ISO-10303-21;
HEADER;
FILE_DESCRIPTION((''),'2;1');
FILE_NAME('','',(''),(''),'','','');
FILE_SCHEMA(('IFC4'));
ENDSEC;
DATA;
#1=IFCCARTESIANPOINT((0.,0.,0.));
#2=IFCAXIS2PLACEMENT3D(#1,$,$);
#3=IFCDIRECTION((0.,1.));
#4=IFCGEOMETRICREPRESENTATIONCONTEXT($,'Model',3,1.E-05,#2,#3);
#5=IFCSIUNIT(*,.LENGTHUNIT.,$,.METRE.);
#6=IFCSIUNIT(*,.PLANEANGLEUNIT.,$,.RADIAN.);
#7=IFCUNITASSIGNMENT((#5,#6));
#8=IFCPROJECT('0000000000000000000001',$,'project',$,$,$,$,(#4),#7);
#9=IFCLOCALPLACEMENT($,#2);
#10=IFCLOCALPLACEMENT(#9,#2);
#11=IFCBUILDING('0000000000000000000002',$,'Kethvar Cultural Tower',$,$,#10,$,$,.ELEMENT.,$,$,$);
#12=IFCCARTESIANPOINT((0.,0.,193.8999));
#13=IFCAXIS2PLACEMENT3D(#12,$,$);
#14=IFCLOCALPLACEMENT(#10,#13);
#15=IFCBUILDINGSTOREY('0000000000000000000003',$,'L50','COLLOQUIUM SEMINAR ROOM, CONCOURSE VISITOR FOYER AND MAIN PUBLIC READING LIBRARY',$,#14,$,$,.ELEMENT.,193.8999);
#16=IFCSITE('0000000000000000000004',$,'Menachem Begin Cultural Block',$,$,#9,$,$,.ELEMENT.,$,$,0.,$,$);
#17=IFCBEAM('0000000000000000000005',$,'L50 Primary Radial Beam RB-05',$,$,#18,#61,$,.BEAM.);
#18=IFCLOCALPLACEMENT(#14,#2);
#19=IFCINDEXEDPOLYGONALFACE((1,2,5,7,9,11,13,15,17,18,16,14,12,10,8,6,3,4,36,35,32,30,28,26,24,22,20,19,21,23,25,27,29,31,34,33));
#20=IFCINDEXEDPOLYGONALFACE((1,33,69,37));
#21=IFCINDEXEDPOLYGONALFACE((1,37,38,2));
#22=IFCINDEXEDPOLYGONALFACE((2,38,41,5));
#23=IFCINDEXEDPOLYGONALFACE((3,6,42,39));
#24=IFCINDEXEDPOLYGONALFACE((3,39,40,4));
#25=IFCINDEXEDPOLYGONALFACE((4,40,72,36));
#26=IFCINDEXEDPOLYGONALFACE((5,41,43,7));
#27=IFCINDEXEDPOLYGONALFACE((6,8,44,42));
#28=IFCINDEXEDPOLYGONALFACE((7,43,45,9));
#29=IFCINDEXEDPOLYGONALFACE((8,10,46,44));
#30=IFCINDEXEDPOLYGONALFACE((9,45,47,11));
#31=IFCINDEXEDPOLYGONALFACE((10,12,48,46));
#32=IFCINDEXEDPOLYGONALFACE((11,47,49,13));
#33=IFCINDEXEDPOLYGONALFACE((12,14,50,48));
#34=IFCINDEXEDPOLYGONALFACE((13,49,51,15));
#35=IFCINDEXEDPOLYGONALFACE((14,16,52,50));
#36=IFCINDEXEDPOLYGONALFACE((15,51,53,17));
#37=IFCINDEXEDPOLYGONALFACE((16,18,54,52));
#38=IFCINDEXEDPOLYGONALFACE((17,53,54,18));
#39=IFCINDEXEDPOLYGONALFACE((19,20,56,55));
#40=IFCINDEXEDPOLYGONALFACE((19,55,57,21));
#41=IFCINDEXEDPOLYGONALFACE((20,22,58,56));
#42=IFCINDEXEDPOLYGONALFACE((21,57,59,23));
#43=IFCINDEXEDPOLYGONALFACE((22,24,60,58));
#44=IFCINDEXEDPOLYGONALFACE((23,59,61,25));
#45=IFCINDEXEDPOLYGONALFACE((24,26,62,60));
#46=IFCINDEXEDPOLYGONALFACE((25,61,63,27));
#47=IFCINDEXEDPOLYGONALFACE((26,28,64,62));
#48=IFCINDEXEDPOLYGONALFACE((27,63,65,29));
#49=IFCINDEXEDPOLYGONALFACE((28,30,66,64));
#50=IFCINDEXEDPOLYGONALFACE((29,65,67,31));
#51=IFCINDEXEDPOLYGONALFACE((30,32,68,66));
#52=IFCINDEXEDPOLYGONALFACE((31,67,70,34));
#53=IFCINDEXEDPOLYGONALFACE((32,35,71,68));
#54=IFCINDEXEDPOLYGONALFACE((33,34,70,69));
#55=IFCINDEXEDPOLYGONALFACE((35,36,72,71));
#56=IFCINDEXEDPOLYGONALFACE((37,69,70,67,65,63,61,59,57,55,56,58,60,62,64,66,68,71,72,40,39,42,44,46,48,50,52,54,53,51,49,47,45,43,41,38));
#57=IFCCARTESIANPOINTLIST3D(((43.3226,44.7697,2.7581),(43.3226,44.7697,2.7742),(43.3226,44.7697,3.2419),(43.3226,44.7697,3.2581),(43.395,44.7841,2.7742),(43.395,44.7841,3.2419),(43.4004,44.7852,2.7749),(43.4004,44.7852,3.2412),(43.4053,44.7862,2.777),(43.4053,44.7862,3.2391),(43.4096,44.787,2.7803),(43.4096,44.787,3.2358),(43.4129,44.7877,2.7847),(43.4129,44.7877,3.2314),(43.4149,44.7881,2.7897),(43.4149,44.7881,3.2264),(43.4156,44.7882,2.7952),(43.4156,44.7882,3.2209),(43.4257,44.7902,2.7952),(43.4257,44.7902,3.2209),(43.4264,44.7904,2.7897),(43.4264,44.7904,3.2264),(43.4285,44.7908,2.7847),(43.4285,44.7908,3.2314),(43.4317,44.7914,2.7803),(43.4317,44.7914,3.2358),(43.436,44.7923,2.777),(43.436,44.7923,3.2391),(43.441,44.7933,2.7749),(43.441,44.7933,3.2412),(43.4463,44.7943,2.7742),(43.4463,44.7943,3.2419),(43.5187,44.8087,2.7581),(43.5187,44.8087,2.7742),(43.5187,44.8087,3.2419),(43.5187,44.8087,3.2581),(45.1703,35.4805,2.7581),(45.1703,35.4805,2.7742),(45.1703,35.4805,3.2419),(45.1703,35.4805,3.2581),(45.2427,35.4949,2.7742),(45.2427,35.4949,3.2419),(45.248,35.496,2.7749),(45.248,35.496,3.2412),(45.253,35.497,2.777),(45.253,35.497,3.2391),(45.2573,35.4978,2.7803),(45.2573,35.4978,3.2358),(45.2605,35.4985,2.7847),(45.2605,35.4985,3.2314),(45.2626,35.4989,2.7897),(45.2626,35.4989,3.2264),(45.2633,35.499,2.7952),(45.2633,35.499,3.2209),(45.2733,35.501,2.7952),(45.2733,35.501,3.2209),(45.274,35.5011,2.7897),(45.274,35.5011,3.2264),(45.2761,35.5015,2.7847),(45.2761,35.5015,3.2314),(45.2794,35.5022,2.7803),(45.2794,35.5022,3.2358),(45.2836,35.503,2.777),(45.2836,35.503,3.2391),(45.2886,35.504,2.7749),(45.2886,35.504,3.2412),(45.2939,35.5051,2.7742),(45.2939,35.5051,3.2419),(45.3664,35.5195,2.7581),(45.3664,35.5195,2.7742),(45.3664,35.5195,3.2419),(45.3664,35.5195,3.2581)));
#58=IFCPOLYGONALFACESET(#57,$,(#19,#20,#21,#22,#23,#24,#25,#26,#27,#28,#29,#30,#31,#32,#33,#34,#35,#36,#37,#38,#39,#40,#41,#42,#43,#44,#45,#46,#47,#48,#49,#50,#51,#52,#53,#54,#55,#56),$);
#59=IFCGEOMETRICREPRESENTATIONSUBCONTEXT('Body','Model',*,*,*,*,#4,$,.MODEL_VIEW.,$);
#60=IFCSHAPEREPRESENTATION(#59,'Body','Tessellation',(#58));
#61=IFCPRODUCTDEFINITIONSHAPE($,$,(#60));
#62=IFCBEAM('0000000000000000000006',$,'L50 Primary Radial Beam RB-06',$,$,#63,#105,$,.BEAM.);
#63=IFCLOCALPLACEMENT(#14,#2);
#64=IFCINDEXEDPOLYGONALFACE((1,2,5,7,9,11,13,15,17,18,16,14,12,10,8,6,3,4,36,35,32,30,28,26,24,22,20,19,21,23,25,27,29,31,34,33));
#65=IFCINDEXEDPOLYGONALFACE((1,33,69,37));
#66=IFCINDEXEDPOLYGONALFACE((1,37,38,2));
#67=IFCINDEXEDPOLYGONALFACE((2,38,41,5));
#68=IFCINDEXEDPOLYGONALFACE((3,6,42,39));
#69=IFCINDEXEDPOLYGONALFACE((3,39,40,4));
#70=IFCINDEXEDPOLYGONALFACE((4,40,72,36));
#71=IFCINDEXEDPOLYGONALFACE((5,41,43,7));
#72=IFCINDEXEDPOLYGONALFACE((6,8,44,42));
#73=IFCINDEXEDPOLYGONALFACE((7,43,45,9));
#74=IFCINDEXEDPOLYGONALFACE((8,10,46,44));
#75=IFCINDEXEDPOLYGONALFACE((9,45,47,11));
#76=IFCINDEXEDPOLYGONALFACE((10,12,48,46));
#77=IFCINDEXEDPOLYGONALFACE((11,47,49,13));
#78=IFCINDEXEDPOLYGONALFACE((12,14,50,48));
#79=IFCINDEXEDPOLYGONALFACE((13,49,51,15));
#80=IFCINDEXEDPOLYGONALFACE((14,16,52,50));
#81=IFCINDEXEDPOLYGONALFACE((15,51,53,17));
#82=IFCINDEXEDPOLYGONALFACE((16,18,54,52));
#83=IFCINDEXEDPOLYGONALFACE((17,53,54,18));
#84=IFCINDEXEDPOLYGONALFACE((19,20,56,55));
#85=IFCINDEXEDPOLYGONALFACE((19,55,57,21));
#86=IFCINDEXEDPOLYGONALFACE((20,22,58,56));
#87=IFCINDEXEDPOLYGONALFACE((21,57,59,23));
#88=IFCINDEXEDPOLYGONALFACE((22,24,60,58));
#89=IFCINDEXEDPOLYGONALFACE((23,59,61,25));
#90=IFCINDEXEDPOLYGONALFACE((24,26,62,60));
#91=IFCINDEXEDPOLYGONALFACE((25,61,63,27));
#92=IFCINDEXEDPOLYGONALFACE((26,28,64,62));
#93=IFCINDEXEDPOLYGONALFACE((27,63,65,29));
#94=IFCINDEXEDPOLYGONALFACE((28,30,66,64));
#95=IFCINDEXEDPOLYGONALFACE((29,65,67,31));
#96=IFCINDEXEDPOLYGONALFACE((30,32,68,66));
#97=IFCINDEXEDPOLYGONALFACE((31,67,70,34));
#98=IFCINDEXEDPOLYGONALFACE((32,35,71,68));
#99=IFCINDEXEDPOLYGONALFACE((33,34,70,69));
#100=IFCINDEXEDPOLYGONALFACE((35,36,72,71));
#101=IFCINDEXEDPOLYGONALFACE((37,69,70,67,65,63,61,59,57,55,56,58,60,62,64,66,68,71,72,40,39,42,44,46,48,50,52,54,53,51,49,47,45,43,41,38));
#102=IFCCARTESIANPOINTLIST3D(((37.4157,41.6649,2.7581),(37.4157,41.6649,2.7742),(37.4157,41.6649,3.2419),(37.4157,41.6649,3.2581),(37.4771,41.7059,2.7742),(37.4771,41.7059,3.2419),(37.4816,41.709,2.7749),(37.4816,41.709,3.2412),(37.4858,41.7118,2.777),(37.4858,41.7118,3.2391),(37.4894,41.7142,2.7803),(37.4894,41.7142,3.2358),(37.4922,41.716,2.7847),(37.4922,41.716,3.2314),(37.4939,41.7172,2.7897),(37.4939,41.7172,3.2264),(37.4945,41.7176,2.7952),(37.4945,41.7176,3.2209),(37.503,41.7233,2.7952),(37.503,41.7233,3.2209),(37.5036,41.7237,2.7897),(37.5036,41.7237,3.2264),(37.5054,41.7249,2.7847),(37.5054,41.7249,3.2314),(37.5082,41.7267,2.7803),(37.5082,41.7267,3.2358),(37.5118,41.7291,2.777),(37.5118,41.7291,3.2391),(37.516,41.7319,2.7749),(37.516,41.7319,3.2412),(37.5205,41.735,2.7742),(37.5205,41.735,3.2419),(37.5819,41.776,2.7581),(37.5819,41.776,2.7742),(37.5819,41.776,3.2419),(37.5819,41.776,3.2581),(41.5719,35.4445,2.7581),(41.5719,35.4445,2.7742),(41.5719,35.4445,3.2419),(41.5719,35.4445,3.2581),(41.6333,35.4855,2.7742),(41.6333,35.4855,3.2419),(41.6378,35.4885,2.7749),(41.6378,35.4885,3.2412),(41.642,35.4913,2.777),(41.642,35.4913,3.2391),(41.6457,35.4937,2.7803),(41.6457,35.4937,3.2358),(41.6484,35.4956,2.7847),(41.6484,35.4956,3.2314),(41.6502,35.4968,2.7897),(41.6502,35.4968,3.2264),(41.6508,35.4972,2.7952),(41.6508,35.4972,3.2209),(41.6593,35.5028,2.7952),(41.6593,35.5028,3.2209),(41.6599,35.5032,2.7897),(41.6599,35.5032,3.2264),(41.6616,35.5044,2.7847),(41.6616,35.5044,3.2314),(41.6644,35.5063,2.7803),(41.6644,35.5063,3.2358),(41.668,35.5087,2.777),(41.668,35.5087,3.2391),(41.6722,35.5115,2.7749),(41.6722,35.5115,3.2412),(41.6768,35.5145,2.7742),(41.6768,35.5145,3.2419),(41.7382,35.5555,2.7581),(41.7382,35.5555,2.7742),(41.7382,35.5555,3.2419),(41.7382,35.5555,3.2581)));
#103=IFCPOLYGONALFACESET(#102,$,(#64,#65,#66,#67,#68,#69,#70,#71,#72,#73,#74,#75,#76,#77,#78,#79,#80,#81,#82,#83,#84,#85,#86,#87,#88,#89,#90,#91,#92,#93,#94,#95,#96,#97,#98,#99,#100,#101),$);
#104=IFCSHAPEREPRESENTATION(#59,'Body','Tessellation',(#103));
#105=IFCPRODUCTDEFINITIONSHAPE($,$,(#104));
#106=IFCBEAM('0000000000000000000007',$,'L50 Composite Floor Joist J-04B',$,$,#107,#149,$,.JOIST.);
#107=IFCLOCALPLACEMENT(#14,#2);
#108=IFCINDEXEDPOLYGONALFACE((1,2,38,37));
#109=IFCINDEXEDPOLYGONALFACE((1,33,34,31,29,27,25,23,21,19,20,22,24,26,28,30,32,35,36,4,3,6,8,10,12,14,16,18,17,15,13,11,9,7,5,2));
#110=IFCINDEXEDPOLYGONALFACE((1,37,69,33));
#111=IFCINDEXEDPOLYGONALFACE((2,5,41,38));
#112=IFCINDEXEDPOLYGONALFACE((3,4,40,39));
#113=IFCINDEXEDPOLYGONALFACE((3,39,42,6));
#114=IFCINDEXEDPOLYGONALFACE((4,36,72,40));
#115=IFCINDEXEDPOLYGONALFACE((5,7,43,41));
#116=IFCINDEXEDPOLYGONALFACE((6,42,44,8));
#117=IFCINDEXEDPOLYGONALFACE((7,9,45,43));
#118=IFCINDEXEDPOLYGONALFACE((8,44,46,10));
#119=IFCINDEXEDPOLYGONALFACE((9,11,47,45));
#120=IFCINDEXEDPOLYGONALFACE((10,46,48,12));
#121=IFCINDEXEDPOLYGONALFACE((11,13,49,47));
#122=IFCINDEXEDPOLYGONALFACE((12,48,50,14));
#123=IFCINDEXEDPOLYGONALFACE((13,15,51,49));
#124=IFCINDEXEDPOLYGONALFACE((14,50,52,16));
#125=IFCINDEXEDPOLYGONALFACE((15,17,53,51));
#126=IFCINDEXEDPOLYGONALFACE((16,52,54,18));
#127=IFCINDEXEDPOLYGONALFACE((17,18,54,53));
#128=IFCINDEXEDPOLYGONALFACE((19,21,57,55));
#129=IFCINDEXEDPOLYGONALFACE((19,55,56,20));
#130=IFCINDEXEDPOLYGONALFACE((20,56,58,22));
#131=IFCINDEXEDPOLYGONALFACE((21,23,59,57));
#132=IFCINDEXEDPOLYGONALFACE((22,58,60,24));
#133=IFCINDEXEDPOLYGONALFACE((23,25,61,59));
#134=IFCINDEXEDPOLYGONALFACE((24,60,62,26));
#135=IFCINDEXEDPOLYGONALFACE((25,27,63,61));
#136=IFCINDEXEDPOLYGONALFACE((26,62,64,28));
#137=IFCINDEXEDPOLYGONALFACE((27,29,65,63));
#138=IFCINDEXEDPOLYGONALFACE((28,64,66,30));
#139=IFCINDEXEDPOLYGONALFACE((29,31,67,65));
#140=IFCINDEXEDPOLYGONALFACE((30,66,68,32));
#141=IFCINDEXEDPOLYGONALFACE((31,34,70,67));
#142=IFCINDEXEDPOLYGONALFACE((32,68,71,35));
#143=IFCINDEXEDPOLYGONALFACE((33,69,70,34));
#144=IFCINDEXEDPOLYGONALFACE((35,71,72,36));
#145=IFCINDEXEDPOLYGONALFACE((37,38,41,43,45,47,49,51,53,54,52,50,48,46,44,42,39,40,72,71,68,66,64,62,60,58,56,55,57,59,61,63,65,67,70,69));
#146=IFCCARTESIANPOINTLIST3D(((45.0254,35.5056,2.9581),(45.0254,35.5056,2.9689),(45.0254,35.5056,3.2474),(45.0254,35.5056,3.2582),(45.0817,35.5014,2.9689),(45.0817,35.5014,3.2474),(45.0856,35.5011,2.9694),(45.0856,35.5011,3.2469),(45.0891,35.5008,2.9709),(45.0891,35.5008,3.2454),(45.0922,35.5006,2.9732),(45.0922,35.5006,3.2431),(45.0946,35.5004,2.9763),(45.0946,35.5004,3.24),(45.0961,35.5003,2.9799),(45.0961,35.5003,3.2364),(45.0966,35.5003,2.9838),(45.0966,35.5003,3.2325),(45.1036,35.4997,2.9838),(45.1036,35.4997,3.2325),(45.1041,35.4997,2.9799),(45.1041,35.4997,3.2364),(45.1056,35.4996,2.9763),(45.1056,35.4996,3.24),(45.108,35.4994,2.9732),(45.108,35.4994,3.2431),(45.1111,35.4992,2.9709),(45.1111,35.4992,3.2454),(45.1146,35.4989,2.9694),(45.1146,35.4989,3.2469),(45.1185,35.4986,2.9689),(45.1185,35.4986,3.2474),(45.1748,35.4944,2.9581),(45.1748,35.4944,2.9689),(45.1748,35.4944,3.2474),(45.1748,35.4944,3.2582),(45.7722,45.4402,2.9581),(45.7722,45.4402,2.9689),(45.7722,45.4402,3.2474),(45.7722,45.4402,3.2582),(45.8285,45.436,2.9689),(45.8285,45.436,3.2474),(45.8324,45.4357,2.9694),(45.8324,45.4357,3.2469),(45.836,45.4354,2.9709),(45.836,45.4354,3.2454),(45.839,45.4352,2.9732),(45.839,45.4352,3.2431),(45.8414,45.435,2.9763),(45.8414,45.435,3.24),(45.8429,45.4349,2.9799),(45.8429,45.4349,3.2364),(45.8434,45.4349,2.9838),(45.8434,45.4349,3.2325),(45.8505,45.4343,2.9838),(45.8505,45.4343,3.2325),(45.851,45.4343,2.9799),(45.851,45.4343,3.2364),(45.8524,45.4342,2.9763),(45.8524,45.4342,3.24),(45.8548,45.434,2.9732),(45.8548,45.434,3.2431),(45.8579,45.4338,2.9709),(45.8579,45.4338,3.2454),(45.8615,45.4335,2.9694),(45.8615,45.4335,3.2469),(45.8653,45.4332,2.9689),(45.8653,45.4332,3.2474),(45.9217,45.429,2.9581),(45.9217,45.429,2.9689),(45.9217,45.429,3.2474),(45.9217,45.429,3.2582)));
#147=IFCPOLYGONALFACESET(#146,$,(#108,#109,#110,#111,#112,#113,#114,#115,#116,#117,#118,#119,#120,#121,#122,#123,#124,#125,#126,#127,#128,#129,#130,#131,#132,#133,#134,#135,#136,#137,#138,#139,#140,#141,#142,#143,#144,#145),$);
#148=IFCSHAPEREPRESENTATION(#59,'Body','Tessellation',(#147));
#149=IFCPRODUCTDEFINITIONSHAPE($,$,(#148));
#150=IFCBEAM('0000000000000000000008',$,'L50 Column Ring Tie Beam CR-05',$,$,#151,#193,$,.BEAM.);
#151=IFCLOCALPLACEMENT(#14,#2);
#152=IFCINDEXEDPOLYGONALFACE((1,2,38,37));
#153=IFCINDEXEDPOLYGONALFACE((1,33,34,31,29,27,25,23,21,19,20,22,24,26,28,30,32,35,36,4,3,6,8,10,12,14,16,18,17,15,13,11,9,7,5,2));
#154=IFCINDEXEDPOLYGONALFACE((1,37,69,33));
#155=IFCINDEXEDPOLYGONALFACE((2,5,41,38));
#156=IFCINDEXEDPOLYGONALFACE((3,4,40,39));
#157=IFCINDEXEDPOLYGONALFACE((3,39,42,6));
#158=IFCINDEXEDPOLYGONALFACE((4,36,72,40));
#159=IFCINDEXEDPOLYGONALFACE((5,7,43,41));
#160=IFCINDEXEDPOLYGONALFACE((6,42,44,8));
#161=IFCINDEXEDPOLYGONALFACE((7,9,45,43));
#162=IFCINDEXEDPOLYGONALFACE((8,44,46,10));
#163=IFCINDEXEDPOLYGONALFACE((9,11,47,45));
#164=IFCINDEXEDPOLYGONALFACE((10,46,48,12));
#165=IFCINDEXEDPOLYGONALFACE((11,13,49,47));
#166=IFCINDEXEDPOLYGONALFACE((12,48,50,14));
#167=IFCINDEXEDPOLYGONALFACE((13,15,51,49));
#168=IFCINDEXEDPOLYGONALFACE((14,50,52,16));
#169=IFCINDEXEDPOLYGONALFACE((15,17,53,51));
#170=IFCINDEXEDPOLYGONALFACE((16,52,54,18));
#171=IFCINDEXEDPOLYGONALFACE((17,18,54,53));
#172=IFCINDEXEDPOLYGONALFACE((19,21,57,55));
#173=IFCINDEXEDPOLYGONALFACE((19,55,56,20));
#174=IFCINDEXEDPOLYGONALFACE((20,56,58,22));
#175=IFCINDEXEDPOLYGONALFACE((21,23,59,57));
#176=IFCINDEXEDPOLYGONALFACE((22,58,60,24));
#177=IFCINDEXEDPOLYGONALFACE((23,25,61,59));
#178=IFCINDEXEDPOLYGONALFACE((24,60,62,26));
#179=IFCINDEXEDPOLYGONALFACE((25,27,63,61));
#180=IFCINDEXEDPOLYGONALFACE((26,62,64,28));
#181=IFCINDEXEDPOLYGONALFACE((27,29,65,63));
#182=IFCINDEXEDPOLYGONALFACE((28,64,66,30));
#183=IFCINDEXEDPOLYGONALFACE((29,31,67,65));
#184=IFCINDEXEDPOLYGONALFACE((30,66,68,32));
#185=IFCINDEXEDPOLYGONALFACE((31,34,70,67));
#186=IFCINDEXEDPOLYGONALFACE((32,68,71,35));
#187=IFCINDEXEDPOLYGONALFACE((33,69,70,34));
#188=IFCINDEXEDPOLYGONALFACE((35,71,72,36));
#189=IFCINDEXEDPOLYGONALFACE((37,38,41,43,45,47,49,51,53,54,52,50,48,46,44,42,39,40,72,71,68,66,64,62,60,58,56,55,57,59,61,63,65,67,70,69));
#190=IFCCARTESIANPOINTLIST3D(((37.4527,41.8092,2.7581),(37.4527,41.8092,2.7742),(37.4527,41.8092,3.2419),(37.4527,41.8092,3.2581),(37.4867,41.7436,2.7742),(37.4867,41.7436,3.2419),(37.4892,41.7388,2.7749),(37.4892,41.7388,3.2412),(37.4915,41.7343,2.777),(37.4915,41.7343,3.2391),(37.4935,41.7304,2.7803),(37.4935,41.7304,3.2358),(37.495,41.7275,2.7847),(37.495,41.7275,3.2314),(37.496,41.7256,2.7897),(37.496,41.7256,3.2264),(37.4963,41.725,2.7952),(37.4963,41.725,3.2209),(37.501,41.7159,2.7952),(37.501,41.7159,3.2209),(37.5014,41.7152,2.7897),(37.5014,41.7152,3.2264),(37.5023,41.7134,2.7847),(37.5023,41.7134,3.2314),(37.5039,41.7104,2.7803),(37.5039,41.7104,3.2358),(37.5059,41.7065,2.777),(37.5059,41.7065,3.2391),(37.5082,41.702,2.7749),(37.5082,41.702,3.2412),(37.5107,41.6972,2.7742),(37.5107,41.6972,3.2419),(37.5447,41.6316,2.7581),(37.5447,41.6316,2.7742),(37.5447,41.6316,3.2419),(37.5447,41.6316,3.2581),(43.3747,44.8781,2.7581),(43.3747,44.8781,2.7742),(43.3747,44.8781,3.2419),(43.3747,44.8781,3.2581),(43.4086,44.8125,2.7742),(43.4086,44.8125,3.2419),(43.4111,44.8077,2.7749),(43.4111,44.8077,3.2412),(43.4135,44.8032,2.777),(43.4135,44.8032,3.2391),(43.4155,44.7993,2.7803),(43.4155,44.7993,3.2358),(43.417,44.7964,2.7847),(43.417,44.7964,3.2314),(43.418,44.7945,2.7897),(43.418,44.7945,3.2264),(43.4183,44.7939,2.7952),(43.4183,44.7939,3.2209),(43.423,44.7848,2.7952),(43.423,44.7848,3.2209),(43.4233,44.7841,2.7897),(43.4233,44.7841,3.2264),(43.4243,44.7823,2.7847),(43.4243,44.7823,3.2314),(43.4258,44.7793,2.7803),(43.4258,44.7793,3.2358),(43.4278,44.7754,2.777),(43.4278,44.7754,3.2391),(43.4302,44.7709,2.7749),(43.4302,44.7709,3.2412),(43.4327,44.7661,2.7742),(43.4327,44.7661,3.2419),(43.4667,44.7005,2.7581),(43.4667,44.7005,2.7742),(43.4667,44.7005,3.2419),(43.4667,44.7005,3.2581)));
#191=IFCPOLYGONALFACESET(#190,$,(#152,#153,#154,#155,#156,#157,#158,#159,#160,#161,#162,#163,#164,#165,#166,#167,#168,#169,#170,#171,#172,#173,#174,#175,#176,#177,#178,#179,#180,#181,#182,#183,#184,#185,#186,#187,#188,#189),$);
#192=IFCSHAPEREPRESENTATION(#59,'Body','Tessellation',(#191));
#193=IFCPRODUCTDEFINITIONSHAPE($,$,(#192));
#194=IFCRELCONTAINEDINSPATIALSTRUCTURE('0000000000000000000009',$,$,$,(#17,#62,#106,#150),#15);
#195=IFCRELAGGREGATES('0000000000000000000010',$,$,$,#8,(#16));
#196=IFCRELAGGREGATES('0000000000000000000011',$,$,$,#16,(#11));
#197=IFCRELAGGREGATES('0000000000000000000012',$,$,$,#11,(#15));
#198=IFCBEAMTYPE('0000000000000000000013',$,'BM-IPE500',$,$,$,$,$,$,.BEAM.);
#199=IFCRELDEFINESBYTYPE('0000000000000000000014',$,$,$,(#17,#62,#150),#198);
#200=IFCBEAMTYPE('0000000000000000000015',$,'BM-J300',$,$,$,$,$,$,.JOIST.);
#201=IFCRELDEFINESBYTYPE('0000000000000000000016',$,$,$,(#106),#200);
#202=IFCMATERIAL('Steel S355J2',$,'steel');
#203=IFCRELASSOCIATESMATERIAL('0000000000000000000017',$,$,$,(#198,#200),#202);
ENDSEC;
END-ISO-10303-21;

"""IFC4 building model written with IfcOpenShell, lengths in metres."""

from ifc_helpers import new_model, si_unit, direction, frame, origin, origin_2d, place, context, subcontext, project, spatial, i_section, extrude, source, transform, mapped, material, material_profile, profile_set, type_object, element, save


model = new_model("IFC4")

# Units and contexts
model_context = context("Model", 3, precision=1e-05, world=origin(), true_north=direction((0.0, 1.0)))
body_context = subcontext(model_context, "Body", "Model", "MODEL_VIEW")
ifc_project = project(units=[si_unit("LENGTHUNIT", "METRE"), si_unit("PLANEANGLEUNIT", "RADIAN")], contexts=[model_context])

# Site, building, storey
site_placement = place(None, origin())
site = spatial("IfcSite", under=ifc_project, at=site_placement, Name="Menachem Begin Cultural Block", CompositionType="ELEMENT", RefElevation=0.0)
building_placement = place(site_placement, origin())
building = spatial("IfcBuilding", under=site, at=building_placement, Name="Kethvar Cultural Tower", CompositionType="ELEMENT")
storey_placement = place(building_placement, frame((0.0, 0.0, 193.8999)))
storey = spatial("IfcBuildingStorey", under=building, at=storey_placement, Name="L50", Description="COLLOQUIUM SEMINAR ROOM, CONCOURSE VISITOR FOYER AND MAIN PUBLIC READING LIBRARY", CompositionType="ELEMENT", Elevation=193.8999)

# Beams
ifc_material_1 = material(Name="Steel S355J2", Category="steel")
ifc_material_profile_1 = material_profile(ifc_material_1, i_section(OverallWidth=0.2, OverallDepth=0.5, WebThickness=0.0103, FlangeThickness=0.0161, FilletRadius=0.021, at=origin_2d()), Name="Steel S355J2 — IPE500")
ifc_profile_set_1 = profile_set([ifc_material_profile_1], Name="Steel S355J2 — IPE500")
beam_type_1 = type_object("IfcBeamType", Name="BM-IPE500", PredefinedType="BEAM", material=ifc_profile_set_1)
shared_shape_1 = source(origin(), body_context, "Body", "SweptSolid", [
    extrude(i_section(OverallWidth=0.2, OverallDepth=0.5, WebThickness=0.0103, FlangeThickness=0.0161, FilletRadius=0.021, at=origin_2d()), origin(), (0.0, 0.0, 1.0), 9.4712),
])
beam_1_placement = place(storey_placement, frame((45.2683, 35.5, 3.0081), z_axis=(-0.19508, 0.980787, 0.0), x_axis=(-0.980787, -0.19508, 0.0)))
element("IfcBeam", 1, at=beam_1_placement, inside=storey, type_object=beam_type_1, Name="L50 Primary Radial Beam RB-05", PredefinedType="BEAM", context=body_context, shape_type="MappedRepresentation", body=[
    mapped(shared_shape_1, transform((0.0, 0.0, 0.0), scale=1.0)),
])
shared_shape_2 = source(origin(), body_context, "Body", "SweptSolid", [
    extrude(i_section(OverallWidth=0.2, OverallDepth=0.5, WebThickness=0.0103, FlangeThickness=0.0161, FilletRadius=0.021, at=origin_2d()), origin(), (0.0, 0.0, 1.0), 7.4812),
])
beam_2_placement = place(storey_placement, frame((41.655, 35.5, 3.0081), z_axis=(-0.555558, 0.831478, 0.0), x_axis=(-0.831478, -0.555558, 0.0)))
element("IfcBeam", 2, at=beam_2_placement, inside=storey, type_object=beam_type_1, Name="L50 Primary Radial Beam RB-06", PredefinedType="BEAM", context=body_context, shape_type="MappedRepresentation", body=[
    mapped(shared_shape_2, transform((0.0, 0.0, 0.0), scale=1.0)),
])
ifc_material_profile_2 = material_profile(ifc_material_1, i_section(OverallWidth=0.1499, OverallDepth=0.3, WebThickness=0.0071, FlangeThickness=0.0107, FilletRadius=0.0149, at=origin_2d()), Name="Steel S355J2 — IPE300")
ifc_profile_set_2 = profile_set([ifc_material_profile_2], Name="Steel S355J2 — IPE300")
beam_type_2 = type_object("IfcBeamType", Name="BM-J300", PredefinedType="JOIST", material=ifc_profile_set_2)
shared_shape_3 = source(origin(), body_context, "Body", "SweptSolid", [
    extrude(i_section(OverallWidth=0.1499, OverallDepth=0.3, WebThickness=0.0071, FlangeThickness=0.0107, FilletRadius=0.0149, at=origin_2d()), origin(), (0.0, 0.0, 1.0), 9.9626),
])
beam_3_placement = place(storey_placement, frame((45.1001, 35.5, 3.1082), z_axis=(0.074963, 0.997186, 0.0), x_axis=(-0.997186, 0.074963, 0.0)))
element("IfcBeam", 3, at=beam_3_placement, inside=storey, type_object=beam_type_2, Name="L50 Composite Floor Joist J-04B", PredefinedType="JOIST", context=body_context, shape_type="MappedRepresentation", body=[
    mapped(shared_shape_3, transform((0.0, 0.0, 0.0), scale=1.0)),
])
shared_shape_4 = source(origin(), body_context, "Body", "SweptSolid", [
    extrude(i_section(OverallWidth=0.2, OverallDepth=0.5, WebThickness=0.0103, FlangeThickness=0.0161, FilletRadius=0.021, at=origin_2d()), origin(), (0.0, 0.0, 1.0), 6.6699),
])
beam_4_placement = place(storey_placement, frame((43.4207, 44.7893, 3.0081), z_axis=(-0.887862, -0.46011, 0.0), x_axis=(0.46011, -0.887862, 0.0)))
element("IfcBeam", 4, at=beam_4_placement, inside=storey, type_object=beam_type_1, Name="L50 Column Ring Tie Beam CR-05", PredefinedType="BEAM", context=body_context, shape_type="MappedRepresentation", body=[
    mapped(shared_shape_4, transform((0.0, 0.0, 0.0), scale=1.0)),
])

save(model, "model.ifc")
